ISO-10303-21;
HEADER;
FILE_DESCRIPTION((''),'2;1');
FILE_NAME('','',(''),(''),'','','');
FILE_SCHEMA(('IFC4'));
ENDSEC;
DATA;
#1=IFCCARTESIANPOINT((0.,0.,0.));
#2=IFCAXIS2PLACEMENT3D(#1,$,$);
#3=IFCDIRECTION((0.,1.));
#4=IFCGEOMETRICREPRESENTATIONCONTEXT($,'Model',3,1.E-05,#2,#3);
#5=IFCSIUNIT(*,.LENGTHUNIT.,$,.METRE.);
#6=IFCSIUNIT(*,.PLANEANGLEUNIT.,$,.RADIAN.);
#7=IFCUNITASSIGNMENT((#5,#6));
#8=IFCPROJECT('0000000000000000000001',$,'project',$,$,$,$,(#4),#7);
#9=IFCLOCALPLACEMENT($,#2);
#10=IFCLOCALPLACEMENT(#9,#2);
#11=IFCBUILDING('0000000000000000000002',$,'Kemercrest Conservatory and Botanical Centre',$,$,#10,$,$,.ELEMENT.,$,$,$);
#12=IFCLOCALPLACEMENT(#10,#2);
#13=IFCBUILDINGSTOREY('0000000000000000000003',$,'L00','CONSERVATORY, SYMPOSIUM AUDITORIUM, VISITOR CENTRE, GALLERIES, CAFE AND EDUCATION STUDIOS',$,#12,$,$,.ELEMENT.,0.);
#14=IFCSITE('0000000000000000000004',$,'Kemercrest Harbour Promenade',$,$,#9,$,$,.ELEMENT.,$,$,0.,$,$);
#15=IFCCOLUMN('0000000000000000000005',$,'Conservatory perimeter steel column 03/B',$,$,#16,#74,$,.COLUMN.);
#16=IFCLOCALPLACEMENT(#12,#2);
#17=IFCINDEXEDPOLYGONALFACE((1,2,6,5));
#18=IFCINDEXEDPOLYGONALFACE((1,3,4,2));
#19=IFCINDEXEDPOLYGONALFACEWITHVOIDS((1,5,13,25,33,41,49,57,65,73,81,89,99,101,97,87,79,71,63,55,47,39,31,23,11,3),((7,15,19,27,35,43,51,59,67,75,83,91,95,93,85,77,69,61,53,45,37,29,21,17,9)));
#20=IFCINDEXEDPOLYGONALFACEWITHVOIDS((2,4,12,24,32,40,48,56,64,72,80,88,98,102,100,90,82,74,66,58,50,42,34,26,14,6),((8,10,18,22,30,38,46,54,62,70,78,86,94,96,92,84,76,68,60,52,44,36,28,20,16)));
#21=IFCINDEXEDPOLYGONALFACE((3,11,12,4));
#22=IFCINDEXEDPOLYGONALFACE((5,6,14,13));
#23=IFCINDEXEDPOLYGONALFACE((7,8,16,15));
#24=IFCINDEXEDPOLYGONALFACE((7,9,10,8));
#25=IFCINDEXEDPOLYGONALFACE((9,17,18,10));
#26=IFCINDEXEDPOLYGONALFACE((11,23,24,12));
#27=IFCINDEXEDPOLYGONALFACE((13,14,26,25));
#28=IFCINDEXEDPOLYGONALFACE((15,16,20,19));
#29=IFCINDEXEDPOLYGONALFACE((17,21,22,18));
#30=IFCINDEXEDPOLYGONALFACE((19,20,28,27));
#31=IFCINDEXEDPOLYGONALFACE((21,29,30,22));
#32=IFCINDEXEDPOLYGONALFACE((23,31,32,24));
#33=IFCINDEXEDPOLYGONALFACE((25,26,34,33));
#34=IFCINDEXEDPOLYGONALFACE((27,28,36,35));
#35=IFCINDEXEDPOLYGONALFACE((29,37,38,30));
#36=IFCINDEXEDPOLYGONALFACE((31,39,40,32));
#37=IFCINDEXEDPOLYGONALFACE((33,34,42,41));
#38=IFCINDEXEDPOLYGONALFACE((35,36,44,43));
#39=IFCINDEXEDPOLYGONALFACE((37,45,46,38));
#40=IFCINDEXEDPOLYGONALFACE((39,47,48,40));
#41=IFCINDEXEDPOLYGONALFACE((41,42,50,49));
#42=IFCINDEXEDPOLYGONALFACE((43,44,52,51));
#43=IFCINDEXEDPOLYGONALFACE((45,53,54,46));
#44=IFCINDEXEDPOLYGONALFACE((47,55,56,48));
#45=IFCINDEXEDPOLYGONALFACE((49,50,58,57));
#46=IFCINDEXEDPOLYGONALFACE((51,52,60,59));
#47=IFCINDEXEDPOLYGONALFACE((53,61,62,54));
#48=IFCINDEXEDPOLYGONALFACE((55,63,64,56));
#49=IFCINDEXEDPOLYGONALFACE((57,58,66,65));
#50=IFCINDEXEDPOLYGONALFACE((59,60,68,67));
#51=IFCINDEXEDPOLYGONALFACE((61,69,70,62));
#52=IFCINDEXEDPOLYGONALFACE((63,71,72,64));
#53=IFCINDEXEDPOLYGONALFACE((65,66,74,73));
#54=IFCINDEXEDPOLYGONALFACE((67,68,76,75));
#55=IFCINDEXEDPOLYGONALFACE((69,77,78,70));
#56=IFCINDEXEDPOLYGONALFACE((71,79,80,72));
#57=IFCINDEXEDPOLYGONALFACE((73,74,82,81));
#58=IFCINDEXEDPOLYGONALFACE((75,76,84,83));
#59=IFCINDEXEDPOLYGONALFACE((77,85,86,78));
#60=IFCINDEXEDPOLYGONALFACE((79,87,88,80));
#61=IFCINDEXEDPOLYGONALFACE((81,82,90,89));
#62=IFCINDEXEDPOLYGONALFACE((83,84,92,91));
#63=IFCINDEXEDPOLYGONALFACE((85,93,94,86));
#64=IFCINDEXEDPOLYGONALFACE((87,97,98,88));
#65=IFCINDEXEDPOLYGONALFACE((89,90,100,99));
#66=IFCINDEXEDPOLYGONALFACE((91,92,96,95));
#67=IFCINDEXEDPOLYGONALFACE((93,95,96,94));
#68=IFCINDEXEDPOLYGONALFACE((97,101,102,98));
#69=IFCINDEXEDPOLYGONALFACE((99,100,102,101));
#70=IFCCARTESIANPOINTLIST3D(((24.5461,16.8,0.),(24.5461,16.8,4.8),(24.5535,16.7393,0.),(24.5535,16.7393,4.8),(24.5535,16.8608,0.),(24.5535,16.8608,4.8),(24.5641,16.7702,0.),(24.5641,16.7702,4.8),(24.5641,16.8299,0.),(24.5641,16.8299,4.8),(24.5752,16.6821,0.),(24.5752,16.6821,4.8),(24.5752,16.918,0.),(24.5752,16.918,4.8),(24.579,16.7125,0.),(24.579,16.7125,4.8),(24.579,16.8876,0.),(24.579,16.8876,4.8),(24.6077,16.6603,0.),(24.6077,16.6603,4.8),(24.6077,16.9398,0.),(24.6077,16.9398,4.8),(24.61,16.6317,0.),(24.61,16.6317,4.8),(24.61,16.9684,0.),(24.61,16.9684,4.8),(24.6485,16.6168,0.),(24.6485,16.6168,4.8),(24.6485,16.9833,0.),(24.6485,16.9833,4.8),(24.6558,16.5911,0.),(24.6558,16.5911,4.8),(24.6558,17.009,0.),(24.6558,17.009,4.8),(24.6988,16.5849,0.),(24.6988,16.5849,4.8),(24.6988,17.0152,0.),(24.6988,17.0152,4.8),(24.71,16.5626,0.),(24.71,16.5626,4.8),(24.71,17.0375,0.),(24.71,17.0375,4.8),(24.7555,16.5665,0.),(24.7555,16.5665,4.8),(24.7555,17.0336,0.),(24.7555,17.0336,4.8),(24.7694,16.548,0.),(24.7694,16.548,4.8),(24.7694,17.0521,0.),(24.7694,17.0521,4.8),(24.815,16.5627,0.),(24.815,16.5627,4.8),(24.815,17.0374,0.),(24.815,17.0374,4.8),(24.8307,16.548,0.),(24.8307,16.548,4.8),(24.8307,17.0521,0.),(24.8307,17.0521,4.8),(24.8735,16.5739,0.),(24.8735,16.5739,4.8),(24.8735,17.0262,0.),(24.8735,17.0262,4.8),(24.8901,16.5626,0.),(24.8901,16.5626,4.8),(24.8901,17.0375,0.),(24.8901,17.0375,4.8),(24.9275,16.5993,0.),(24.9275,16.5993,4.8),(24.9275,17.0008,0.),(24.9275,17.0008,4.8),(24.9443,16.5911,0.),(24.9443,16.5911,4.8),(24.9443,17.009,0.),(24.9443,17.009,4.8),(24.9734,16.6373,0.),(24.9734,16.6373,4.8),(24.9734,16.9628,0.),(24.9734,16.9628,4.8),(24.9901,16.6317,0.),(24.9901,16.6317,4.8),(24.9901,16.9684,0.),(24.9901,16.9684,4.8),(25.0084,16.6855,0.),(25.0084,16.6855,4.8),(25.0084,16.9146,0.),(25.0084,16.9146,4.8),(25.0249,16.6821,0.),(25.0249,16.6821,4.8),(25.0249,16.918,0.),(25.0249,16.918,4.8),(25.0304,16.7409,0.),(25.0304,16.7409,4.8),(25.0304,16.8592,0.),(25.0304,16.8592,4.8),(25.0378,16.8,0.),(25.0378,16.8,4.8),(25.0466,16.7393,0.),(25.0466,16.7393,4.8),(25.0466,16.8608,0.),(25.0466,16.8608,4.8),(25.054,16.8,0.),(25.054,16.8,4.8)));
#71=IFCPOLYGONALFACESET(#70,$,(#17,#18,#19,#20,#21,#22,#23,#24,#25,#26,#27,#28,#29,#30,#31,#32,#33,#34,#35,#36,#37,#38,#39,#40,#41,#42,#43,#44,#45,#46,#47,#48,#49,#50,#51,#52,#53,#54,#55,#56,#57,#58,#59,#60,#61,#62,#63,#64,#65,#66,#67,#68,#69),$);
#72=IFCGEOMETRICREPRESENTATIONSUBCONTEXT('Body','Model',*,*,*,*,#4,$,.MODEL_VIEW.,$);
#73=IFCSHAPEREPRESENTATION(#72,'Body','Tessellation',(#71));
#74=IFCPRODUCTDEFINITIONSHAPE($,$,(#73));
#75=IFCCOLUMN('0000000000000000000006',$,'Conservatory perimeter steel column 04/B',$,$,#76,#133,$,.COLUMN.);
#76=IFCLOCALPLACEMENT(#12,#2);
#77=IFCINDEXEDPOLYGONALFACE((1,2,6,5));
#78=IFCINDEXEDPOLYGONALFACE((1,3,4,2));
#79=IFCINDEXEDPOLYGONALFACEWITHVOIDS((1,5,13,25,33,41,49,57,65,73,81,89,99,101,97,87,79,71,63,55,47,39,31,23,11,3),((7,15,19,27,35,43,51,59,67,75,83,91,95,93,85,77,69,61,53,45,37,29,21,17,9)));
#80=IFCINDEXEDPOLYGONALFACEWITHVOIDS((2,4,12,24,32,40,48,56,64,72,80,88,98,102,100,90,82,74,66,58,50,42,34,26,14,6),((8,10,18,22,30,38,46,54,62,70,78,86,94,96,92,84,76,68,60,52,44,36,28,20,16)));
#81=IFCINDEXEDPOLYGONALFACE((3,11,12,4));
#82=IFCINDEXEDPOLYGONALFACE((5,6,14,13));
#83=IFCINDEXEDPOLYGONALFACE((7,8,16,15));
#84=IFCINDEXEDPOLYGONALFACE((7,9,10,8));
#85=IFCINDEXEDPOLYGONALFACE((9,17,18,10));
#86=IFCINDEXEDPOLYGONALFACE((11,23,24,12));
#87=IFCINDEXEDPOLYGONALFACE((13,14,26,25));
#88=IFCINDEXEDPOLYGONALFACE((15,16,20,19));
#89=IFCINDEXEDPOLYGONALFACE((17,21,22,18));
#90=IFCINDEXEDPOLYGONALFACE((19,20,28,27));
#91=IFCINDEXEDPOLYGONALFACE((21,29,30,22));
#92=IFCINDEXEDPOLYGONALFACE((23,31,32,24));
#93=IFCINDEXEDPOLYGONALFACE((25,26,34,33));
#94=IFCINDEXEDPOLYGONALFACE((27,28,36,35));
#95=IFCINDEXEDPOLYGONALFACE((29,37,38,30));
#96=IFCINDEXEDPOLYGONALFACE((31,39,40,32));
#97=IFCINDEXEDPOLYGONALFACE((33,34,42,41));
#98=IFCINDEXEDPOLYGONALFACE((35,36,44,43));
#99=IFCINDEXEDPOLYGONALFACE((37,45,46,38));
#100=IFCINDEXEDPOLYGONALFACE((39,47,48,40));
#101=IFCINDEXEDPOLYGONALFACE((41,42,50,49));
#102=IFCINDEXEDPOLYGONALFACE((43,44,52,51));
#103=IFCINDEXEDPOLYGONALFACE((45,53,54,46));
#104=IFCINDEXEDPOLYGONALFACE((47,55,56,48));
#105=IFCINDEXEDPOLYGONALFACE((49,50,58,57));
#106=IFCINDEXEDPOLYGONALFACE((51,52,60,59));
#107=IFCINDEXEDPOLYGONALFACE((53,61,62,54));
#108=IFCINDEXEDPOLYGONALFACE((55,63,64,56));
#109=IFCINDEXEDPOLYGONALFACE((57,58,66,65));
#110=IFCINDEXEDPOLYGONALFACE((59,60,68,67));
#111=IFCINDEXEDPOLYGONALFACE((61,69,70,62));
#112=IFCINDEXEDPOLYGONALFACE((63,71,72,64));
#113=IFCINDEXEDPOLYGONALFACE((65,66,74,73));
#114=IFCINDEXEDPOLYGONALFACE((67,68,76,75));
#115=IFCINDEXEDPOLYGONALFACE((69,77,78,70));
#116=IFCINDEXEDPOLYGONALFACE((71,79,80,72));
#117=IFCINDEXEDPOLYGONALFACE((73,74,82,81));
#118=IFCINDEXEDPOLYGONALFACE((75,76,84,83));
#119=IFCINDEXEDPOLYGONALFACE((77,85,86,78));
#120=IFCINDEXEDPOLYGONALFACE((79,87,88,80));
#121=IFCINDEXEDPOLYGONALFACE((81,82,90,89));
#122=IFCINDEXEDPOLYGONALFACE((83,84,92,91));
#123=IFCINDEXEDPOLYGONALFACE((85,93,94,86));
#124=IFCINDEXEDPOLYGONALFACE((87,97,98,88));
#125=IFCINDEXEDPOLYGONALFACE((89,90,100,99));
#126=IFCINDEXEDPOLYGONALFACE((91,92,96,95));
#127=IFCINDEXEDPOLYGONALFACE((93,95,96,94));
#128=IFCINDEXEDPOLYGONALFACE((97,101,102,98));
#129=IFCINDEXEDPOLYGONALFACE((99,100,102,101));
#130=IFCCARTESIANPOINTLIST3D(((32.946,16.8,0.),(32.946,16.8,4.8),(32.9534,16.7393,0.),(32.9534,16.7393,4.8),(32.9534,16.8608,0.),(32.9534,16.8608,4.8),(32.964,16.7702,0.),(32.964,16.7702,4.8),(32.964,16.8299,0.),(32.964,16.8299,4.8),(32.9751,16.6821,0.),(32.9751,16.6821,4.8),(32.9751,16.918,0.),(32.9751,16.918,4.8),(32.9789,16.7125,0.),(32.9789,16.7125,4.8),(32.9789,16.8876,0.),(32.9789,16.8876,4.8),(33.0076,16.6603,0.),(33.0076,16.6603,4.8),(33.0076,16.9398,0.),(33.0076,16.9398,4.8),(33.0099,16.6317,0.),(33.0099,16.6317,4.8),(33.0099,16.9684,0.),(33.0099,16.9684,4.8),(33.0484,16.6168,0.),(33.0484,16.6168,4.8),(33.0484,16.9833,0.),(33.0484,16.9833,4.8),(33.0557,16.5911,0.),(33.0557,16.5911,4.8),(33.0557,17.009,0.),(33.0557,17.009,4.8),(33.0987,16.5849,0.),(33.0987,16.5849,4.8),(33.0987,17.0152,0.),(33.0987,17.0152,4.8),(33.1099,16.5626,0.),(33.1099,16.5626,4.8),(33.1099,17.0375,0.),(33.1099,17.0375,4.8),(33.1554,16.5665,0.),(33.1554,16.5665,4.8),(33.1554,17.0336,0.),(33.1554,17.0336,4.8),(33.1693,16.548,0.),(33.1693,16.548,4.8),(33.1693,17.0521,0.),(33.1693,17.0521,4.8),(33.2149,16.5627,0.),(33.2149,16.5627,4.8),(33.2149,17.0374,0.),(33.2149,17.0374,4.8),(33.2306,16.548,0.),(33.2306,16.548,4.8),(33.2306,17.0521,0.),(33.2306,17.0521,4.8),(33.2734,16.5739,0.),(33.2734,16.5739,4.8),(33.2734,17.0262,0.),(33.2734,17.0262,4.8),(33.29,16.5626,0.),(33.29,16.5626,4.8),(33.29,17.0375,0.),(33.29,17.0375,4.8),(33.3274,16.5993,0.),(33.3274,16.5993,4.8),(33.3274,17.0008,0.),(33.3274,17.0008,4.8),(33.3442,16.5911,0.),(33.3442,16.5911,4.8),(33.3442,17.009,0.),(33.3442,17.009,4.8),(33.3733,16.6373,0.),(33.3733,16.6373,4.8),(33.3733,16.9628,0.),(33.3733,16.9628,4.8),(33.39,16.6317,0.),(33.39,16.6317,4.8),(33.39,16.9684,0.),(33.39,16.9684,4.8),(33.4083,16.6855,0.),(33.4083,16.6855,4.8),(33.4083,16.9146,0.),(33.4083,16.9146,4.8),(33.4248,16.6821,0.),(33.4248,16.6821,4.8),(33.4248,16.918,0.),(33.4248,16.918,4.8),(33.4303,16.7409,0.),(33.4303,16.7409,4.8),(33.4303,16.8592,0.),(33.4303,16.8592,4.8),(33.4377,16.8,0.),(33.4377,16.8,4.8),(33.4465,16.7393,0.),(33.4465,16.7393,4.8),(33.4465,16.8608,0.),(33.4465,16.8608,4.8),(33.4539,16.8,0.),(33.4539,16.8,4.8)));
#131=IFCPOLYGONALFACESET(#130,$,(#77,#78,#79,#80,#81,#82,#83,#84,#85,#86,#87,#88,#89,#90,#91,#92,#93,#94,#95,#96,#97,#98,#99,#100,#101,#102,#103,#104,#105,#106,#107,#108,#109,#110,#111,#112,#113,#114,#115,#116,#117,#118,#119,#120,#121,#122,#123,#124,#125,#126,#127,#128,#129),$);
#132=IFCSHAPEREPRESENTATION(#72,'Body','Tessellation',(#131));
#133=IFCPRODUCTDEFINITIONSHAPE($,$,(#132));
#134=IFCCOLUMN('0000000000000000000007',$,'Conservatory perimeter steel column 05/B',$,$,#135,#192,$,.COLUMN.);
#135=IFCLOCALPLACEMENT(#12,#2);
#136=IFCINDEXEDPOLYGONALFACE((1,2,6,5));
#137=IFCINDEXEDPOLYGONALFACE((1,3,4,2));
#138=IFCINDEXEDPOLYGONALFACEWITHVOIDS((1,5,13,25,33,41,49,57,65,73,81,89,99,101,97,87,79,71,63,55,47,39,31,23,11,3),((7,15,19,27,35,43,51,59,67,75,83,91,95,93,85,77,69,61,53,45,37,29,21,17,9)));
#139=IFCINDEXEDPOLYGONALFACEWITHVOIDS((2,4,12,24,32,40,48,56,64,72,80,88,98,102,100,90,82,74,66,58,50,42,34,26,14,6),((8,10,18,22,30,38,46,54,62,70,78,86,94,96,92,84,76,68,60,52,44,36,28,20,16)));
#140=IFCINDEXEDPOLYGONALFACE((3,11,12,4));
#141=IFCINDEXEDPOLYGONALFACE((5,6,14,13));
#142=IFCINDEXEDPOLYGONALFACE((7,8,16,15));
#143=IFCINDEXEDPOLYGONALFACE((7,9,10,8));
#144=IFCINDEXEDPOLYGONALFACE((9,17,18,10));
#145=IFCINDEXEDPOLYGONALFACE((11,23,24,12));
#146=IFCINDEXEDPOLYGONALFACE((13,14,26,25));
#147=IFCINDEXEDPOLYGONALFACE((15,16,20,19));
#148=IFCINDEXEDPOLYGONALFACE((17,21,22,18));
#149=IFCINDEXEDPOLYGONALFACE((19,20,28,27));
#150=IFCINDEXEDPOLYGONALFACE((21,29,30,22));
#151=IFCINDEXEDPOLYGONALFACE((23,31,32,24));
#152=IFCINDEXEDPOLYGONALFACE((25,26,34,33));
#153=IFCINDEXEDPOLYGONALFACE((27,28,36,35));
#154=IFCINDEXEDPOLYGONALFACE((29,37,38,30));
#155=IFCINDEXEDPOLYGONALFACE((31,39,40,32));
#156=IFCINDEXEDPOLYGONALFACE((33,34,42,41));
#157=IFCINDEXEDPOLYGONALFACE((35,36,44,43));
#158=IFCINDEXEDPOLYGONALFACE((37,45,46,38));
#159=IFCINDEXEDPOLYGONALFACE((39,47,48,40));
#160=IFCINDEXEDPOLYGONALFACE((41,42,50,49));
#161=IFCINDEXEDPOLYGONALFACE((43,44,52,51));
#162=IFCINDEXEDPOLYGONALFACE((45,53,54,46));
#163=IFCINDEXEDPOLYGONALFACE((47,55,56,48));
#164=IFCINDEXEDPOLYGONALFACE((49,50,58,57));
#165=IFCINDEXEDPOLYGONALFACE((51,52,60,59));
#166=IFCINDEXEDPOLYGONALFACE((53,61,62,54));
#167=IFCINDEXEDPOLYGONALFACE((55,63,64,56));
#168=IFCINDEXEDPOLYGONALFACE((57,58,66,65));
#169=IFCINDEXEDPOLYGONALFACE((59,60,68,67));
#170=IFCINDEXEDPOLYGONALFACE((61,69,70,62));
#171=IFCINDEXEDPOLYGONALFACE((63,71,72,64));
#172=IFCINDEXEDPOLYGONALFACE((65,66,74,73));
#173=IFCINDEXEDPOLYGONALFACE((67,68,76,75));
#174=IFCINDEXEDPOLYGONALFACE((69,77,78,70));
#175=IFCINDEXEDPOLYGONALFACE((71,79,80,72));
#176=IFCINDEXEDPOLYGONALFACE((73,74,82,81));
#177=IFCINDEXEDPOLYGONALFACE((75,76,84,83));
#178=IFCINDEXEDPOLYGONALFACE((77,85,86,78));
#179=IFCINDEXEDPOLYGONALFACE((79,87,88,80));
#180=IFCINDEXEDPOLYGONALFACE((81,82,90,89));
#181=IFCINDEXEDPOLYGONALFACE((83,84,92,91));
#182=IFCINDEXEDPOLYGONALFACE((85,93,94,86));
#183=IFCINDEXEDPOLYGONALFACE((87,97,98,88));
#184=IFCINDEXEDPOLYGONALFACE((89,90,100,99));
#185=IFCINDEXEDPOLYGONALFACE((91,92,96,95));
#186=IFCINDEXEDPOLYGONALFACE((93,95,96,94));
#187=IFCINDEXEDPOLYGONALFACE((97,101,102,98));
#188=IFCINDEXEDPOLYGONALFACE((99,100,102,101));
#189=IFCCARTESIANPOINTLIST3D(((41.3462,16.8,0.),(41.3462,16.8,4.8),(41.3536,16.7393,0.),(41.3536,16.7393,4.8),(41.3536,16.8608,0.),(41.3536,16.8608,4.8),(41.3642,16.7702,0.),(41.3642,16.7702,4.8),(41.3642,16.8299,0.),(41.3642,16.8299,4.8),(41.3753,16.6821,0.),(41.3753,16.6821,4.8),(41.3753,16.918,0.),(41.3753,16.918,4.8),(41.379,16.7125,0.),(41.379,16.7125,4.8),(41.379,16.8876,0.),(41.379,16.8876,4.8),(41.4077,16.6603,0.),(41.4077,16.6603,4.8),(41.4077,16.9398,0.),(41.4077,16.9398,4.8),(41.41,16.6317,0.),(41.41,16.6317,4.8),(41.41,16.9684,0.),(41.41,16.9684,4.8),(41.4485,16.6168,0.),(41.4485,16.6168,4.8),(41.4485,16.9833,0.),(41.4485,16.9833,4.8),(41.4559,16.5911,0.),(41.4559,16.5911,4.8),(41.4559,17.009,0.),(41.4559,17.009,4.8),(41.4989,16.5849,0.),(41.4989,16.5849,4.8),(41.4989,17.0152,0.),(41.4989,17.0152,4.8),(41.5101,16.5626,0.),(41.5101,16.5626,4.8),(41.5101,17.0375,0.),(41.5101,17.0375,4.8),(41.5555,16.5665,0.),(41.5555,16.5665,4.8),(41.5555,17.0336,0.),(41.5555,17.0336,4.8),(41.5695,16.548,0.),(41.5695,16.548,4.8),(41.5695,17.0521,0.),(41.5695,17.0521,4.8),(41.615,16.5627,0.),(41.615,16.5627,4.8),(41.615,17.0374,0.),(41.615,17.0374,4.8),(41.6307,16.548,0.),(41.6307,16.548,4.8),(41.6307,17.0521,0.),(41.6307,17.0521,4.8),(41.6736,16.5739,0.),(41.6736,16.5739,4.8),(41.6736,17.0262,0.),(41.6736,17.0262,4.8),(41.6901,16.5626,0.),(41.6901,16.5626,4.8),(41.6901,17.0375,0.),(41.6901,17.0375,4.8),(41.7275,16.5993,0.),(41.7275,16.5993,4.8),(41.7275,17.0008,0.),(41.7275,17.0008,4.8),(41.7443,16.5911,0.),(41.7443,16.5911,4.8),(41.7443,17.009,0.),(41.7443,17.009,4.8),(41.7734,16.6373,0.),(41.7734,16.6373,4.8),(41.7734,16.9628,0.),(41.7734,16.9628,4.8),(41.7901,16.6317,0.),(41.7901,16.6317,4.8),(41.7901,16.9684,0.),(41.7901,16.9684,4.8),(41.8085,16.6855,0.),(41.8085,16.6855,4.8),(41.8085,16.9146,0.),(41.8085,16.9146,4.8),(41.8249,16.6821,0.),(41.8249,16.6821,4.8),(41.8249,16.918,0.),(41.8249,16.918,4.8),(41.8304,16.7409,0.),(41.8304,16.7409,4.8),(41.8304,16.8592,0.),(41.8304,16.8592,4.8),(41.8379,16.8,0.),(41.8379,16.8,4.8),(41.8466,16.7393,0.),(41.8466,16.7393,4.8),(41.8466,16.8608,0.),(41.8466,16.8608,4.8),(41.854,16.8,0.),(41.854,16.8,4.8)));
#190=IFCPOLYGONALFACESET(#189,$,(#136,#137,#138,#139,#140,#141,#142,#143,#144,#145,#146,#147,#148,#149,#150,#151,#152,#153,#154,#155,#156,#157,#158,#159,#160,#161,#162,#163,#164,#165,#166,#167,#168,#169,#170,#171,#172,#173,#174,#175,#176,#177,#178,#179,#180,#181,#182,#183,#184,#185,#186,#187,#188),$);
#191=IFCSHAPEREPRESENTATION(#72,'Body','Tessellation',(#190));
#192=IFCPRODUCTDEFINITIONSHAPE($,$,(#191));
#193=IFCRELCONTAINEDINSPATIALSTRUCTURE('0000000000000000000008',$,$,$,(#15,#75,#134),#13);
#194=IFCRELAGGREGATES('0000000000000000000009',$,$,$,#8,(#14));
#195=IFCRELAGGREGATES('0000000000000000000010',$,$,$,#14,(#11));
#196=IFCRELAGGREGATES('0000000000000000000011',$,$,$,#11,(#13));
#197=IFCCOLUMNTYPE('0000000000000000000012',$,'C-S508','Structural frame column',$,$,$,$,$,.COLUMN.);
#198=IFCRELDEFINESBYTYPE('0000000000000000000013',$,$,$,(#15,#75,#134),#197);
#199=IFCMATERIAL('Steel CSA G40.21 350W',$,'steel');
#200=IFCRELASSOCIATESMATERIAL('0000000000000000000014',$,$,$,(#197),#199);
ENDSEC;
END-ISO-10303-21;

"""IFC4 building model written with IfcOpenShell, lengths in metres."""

from ifc_helpers import new_model, si_unit, direction, frame, origin, origin_2d, place, context, subcontext, project, spatial, hollow_circle, extrude, material, material_profile, profile_set, type_object, element, save


model = new_model("IFC4")

# Units and contexts
model_context = context("Model", 3, precision=1e-05, world=origin(), true_north=direction((0.0, 1.0)))
body_context = subcontext(model_context, "Body", "Model", "MODEL_VIEW")
ifc_project = project(units=[si_unit("LENGTHUNIT", "METRE"), si_unit("PLANEANGLEUNIT", "RADIAN")], contexts=[model_context])

# Site, building, storey
site_placement = place(None, origin())
site = spatial("IfcSite", under=ifc_project, at=site_placement, Name="Kemercrest Harbour Promenade", CompositionType="ELEMENT", RefElevation=0.0)
building_placement = place(site_placement, origin())
building = spatial("IfcBuilding", under=site, at=building_placement, Name="Kemercrest Conservatory and Botanical Centre", CompositionType="ELEMENT")
storey_placement = place(building_placement, origin())
storey = spatial("IfcBuildingStorey", under=building, at=storey_placement, Name="L00", Description="CONSERVATORY, SYMPOSIUM AUDITORIUM, VISITOR CENTRE, GALLERIES, CAFE AND EDUCATION STUDIOS", CompositionType="ELEMENT", Elevation=0.0)

# Columns
ifc_material_1 = material(Name="Steel CSA G40.21 350W", Category="steel")
ifc_material_profile_1 = material_profile(ifc_material_1, hollow_circle(Radius=0.2539, WallThickness=0.0161, at=origin_2d()), Name="CHS 508.0x16.0")
ifc_profile_set_1 = profile_set([ifc_material_profile_1], Name="Steel CSA G40.21 350W")
column_type_1 = type_object("IfcColumnType", Name="C-S508", Description="Structural frame column", PredefinedType="COLUMN", material=ifc_profile_set_1)
for number, where, z_axis, x_axis, name in (
    (1, (24.8, 16.8, 0.0), (0.0, 0.0, 1.0), (1.0, 0.0, 0.0), "Conservatory perimeter steel column 03/B"),
    (2, (33.2, 16.8, 0.0), (0.0, 0.0, 1.0), (1.0, 0.0, 0.0), "Conservatory perimeter steel column 04/B"),
    (3, (41.6001, 16.8, 0.0), (0.0, 0.0, 1.0), (1.0, 0.0, 0.0), "Conservatory perimeter steel column 05/B"),
):
    element("IfcColumn", number, at=place(storey_placement, frame(where, z_axis=z_axis, x_axis=x_axis)), inside=storey, type_object=column_type_1, Name=name, PredefinedType="COLUMN", context=body_context, shape_type="SweptSolid", body=[
        extrude(hollow_circle(Radius=0.2539, WallThickness=0.0161, at=origin_2d()), origin(), (0.0, 0.0, 1.0), 4.8),
    ])

save(model, "model.ifc")
